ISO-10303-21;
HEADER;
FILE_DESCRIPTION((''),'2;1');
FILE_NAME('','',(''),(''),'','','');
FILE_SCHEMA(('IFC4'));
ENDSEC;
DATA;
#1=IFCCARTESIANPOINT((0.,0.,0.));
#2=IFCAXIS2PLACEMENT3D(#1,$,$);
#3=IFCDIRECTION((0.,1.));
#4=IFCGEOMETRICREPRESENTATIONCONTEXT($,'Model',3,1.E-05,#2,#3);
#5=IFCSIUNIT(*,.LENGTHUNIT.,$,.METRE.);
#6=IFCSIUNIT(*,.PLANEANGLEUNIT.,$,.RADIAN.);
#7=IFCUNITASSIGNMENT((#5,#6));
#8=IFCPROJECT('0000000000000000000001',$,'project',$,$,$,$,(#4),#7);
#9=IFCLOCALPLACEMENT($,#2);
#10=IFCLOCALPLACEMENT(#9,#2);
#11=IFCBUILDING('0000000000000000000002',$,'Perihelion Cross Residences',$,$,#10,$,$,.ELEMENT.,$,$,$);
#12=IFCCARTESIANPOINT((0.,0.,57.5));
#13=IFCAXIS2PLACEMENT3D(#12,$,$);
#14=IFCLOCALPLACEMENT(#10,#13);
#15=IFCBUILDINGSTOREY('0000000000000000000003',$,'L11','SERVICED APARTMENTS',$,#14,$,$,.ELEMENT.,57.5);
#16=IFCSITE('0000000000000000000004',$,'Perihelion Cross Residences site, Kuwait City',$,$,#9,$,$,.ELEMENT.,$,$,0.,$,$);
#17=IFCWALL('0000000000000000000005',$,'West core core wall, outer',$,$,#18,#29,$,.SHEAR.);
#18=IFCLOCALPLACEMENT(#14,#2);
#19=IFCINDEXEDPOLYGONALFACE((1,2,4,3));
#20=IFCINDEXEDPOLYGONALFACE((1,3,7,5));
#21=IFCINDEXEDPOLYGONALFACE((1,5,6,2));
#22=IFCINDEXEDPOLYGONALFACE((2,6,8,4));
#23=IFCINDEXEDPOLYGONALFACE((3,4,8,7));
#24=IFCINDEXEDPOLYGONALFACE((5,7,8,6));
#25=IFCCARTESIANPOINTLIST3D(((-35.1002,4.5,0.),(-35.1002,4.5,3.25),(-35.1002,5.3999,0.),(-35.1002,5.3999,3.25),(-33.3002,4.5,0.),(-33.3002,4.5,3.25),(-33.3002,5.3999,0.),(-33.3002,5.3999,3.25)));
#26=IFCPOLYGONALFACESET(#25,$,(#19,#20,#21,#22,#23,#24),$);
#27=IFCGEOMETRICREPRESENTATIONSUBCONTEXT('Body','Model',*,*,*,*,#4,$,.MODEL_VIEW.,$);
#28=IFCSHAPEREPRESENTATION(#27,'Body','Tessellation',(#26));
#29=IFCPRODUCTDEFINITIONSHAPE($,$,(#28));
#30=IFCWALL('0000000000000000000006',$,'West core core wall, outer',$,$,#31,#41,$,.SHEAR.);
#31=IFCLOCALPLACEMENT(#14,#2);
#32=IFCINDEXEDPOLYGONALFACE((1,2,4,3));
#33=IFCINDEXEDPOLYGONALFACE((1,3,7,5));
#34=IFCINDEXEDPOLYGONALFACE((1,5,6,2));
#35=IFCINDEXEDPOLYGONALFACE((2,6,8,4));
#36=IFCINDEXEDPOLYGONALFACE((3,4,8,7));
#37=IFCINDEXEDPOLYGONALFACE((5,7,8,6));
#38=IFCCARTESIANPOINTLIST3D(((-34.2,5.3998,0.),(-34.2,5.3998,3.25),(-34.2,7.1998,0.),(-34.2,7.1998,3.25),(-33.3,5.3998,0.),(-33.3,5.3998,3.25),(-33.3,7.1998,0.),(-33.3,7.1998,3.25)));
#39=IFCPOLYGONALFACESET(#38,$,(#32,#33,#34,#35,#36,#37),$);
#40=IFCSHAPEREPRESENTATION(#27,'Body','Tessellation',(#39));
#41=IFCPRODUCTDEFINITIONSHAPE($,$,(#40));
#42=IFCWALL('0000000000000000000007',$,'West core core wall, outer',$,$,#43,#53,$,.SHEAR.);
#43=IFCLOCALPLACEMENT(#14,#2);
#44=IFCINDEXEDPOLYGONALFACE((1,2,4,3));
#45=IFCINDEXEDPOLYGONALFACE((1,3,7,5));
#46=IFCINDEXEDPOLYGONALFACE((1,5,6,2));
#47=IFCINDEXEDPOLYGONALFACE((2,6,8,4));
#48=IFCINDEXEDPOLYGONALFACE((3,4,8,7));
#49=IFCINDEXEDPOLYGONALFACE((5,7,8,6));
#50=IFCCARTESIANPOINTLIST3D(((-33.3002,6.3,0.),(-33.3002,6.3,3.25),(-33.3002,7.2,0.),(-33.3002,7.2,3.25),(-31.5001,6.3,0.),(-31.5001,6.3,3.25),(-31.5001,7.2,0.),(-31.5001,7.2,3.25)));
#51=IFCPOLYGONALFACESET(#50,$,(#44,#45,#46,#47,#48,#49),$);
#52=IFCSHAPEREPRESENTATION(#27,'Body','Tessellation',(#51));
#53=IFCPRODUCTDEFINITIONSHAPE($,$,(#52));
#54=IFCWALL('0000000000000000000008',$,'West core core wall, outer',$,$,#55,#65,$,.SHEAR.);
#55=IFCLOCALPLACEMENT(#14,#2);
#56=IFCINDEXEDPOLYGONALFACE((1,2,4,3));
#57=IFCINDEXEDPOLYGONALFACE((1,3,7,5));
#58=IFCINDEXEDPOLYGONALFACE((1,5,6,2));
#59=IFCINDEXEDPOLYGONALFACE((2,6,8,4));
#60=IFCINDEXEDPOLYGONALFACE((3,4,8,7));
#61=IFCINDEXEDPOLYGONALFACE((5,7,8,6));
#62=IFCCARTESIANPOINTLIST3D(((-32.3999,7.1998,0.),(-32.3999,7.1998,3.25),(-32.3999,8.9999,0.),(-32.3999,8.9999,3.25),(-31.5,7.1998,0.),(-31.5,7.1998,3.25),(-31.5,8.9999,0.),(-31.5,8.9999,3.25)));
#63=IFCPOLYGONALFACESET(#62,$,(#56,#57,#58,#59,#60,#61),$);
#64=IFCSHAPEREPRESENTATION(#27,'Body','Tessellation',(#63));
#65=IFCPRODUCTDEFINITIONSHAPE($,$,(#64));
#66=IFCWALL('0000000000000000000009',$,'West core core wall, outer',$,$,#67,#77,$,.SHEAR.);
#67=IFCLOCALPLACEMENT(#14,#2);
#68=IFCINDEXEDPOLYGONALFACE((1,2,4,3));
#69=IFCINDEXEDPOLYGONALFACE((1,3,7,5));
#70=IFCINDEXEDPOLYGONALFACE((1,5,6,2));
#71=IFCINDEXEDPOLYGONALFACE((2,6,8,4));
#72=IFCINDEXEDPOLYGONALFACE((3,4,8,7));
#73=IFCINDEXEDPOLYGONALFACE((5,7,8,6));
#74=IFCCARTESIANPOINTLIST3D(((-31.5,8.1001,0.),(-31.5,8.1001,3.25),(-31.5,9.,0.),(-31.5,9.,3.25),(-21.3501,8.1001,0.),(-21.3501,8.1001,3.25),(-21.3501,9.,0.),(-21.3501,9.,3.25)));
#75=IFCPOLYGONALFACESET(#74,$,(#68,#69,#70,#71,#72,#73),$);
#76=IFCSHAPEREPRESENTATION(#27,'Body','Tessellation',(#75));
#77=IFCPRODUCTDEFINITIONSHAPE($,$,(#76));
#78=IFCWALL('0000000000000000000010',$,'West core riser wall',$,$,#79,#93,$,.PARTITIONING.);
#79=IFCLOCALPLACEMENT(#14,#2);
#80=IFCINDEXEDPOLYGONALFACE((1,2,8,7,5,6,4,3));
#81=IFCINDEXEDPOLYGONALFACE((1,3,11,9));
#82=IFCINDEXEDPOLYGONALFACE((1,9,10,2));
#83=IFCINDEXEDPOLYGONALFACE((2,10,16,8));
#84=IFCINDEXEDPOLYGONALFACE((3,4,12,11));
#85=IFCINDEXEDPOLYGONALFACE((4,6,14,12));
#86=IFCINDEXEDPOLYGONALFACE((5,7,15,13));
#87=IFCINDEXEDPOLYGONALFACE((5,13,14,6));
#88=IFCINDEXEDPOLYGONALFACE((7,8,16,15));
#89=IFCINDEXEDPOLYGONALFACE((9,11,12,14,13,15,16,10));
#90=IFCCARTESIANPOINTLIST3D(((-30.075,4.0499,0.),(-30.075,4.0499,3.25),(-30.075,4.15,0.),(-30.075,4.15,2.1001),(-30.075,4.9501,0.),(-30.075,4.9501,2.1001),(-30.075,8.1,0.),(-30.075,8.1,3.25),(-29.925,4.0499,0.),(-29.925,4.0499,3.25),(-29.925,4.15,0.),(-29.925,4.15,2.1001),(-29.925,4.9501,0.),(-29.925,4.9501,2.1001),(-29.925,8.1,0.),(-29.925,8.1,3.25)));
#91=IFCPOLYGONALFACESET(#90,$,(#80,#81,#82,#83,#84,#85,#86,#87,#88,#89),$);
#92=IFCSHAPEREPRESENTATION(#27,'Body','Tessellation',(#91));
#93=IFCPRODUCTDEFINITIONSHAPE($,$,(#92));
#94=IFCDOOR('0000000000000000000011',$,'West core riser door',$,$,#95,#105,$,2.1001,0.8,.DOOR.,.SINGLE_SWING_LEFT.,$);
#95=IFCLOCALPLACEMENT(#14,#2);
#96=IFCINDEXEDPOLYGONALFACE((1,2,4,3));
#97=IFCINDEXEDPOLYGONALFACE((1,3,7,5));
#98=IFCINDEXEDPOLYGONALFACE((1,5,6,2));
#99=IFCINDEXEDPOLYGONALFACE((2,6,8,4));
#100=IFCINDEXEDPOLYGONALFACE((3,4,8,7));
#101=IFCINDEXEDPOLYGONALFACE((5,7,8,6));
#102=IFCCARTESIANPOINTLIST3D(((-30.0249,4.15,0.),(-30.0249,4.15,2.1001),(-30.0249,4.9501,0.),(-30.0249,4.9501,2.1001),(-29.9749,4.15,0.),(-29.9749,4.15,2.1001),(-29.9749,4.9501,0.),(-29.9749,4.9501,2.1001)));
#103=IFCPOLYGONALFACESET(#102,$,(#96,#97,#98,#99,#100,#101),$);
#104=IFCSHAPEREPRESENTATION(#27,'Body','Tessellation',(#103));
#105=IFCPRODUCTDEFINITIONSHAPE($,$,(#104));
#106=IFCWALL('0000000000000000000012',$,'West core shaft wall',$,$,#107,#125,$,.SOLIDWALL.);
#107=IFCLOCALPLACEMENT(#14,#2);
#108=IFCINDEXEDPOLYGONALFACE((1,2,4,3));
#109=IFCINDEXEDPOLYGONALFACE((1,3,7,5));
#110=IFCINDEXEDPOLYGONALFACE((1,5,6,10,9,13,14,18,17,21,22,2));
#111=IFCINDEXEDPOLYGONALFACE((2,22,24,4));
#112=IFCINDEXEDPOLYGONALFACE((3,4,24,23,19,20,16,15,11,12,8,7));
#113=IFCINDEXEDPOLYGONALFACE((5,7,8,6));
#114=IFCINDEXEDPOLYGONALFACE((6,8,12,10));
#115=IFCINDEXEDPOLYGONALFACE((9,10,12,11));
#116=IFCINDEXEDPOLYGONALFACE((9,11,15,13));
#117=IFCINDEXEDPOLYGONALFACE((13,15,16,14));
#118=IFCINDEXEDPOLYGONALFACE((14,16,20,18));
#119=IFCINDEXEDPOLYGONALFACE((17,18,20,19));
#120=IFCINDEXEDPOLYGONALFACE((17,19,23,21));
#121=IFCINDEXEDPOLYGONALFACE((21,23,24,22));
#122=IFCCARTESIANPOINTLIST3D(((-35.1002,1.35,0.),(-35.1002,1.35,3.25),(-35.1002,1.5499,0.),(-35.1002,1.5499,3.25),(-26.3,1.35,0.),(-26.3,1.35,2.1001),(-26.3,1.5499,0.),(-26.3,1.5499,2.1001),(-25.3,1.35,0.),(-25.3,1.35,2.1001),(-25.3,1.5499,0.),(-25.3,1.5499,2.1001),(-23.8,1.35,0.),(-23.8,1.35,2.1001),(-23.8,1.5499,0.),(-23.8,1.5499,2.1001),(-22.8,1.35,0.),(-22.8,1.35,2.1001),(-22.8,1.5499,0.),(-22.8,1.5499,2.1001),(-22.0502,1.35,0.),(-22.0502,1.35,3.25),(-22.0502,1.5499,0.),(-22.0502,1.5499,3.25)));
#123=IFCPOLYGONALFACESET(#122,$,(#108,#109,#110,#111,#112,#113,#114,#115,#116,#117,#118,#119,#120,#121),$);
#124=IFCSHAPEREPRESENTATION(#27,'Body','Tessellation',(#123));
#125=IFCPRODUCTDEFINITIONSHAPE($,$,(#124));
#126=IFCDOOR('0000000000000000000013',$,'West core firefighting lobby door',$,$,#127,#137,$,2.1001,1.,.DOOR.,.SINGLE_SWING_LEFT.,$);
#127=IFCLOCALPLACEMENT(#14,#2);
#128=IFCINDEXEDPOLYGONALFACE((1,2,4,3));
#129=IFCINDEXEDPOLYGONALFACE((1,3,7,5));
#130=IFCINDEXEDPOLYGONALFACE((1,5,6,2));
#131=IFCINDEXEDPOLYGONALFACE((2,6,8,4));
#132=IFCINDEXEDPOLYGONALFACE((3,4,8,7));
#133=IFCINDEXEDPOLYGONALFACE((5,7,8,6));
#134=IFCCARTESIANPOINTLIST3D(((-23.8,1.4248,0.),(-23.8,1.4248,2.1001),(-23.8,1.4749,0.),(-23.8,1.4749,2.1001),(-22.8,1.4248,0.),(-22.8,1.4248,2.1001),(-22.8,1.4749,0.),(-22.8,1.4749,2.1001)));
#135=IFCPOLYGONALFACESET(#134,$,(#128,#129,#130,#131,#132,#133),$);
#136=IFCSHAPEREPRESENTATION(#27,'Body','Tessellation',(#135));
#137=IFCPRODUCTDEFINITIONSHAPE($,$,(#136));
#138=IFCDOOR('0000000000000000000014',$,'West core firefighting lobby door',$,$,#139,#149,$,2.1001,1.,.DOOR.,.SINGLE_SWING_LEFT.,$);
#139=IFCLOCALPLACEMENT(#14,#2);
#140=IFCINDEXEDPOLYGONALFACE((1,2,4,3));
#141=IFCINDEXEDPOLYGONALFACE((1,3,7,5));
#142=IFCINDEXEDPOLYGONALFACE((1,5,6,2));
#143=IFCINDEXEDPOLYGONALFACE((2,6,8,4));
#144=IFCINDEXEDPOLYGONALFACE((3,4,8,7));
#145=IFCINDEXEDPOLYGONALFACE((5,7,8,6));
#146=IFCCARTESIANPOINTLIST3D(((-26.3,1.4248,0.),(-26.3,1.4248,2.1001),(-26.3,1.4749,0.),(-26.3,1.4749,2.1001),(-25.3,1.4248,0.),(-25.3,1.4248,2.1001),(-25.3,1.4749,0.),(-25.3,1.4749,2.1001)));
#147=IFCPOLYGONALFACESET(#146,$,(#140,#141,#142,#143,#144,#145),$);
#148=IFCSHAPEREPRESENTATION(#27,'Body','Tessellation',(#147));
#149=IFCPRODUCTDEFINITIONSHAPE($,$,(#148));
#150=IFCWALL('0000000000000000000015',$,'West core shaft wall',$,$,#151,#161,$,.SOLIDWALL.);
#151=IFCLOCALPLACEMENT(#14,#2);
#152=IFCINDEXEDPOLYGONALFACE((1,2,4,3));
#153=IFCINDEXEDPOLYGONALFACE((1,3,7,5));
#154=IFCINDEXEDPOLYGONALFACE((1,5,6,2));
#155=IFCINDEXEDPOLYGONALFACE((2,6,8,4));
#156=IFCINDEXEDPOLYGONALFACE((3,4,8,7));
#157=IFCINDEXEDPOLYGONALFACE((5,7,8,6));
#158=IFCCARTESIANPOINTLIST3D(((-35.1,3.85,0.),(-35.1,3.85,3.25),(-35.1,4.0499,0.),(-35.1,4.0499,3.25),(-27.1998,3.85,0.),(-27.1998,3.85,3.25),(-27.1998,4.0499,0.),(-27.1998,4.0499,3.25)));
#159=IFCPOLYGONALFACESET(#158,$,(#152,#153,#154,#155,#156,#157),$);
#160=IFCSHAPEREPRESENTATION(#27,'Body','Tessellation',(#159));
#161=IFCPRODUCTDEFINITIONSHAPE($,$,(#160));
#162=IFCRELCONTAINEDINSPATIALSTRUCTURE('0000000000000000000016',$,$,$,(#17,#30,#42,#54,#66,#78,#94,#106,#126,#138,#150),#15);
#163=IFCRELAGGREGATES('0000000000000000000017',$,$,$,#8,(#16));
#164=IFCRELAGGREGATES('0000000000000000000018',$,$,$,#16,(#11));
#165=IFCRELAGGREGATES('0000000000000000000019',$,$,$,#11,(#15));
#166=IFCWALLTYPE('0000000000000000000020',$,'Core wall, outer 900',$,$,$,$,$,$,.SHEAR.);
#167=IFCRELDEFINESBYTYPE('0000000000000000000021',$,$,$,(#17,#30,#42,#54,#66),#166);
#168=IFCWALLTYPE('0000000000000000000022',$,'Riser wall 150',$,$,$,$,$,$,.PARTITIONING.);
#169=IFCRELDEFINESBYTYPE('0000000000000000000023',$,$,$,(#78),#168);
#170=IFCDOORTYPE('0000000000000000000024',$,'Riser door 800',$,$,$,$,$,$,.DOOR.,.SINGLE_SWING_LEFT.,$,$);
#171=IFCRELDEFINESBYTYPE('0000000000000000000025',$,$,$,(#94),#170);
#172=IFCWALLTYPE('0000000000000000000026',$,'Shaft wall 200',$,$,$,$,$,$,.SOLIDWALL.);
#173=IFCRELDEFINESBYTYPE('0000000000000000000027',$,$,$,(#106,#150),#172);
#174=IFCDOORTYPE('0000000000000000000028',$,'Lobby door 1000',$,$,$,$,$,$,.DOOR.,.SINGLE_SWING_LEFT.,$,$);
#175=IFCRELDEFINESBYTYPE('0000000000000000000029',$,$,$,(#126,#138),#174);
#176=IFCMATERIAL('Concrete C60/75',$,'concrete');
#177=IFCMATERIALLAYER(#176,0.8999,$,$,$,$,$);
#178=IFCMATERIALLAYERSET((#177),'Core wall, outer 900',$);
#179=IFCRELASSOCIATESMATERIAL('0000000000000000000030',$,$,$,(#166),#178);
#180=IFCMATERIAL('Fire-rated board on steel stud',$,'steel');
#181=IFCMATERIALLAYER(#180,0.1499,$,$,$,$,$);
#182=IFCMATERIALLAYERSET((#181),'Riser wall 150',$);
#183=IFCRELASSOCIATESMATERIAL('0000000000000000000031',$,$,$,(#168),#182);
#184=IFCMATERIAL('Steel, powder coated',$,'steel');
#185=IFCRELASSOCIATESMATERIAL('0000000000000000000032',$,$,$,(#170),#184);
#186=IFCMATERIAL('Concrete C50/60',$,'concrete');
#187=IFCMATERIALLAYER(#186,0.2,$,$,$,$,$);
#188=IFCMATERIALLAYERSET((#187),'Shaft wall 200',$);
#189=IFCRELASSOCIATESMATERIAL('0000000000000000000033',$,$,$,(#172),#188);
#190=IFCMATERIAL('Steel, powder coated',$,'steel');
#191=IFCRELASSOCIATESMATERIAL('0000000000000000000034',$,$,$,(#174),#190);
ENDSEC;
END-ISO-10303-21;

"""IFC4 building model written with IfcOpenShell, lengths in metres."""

from ifc_helpers import new_model, si_unit, direction, frame, frame_2d, origin, place, context, subcontext, project, spatial, rectangle, extrude, material, layer, layer_set, type_object, element, fill, save


model = new_model("IFC4")

# Units and contexts
model_context = context("Model", 3, precision=1e-05, world=origin(), true_north=direction((0.0, 1.0)))
body_context = subcontext(model_context, "Body", "Model", "MODEL_VIEW")
ifc_project = project(units=[si_unit("LENGTHUNIT", "METRE"), si_unit("PLANEANGLEUNIT", "RADIAN")], contexts=[model_context])

# Site, building, storey
site_placement = place(None, origin())
site = spatial("IfcSite", under=ifc_project, at=site_placement, Name="Perihelion Cross Residences site, Kuwait City", CompositionType="ELEMENT", RefElevation=0.0)
building_placement = place(site_placement, origin())
building = spatial("IfcBuilding", under=site, at=building_placement, Name="Perihelion Cross Residences", CompositionType="ELEMENT")
storey_placement = place(building_placement, frame((0.0, 0.0, 57.5)))
storey = spatial("IfcBuildingStorey", under=building, at=storey_placement, Name="L11", Description="SERVICED APARTMENTS", CompositionType="ELEMENT", Elevation=57.5)

# Walls
ifc_material_1 = material(Name="Concrete C60/75", Category="concrete")
ifc_layer_1 = layer(ifc_material_1, 0.8999)
ifc_layer_set_1 = layer_set([ifc_layer_1], Name="Core wall, outer 900")
wall_type_1 = type_object("IfcWallType", Name="Core wall, outer 900", PredefinedType="SHEAR", material=ifc_layer_set_1)
for number, where, z_axis, x_axis, name in (
    (1, (-35.1001, 4.95, 0.0), (0.0, 0.0, 1.0), (1.0, 0.0, 0.0), "West core core wall, outer"),
    (2, (-33.75, 5.3999, 0.0), (0.0, 0.0, 1.0), (0.0, 1.0, 0.0), "West core core wall, outer"),
    (3, (-33.3, 6.75, 0.0), (0.0, 0.0, 1.0), (1.0, 0.0, 0.0), "West core core wall, outer"),
    (4, (-31.95, 7.2, 0.0), (0.0, 0.0, 1.0), (0.0, 1.0, 0.0), "West core core wall, outer"),
):
    element("IfcWall", number, at=place(storey_placement, frame(where, z_axis=z_axis, x_axis=x_axis)), inside=storey, type_object=wall_type_1, Name=name, PredefinedType="SHEAR", context=body_context, shape_type="SweptSolid", body=[
        extrude(rectangle(XDim=1.8, YDim=0.8999, at=frame_2d((0.8999, 0.0))), origin(), (0.0, 0.0, 1.0), 3.25),
    ])
wall_1_placement = place(storey_placement, frame((-31.5, 8.55, 0.0), z_axis=(0.0, 0.0, 1.0), x_axis=(1.0, 0.0, 0.0)))
element("IfcWall", 5, at=wall_1_placement, inside=storey, type_object=wall_type_1, Name="West core core wall, outer", PredefinedType="SHEAR", context=body_context, shape_type="SweptSolid", body=[
    extrude(rectangle(XDim=10.1499, YDim=0.8999, at=frame_2d((5.075, 0.0))), origin(), (0.0, 0.0, 1.0), 3.25),
])

# Wall, opening, door
ifc_material_2 = material(Name="Fire-rated board on steel stud", Category="steel")
ifc_layer_2 = layer(ifc_material_2, 0.1499)
ifc_layer_set_2 = layer_set([ifc_layer_2], Name="Riser wall 150")
wall_type_2 = type_object("IfcWallType", Name="Riser wall 150", PredefinedType="PARTITIONING", material=ifc_layer_set_2)
wall_2_placement = place(storey_placement, frame((-30.0, 4.05, 0.0), z_axis=(0.0, 0.0, 1.0), x_axis=(0.0, 1.0, 0.0)))
wall_2 = element("IfcWall", 6, at=wall_2_placement, inside=storey, type_object=wall_type_2, Name="West core riser wall", PredefinedType="PARTITIONING", context=body_context, shape_type="SweptSolid", body=[
    extrude(rectangle(XDim=4.05, YDim=0.1499, at=frame_2d((2.0249, 0.0))), origin(), (0.0, 0.0, 1.0), 3.25),
])
opening_1_placement = place(wall_2_placement, frame((0.1001, 0.0, 0.0)))
opening_1 = element("IfcOpeningElement", 7, at=opening_1_placement, cuts=wall_2, PredefinedType="OPENING", context=body_context, shape_type="SweptSolid", body=[
    extrude(rectangle(XDim=0.8, YDim=2.1001, at=frame_2d((0.3999, 1.05))), frame((0.0, 0.085, 0.0), z_axis=(0.0, -1.0, 0.0), x_axis=(1.0, 0.0, 0.0)), (0.0, 0.0, 1.0), 0.1699),
])
ifc_material_3 = material(Name="Steel, powder coated", Category="steel")
door_type_1 = type_object("IfcDoorType", Name="Riser door 800", OperationType="SINGLE_SWING_LEFT", PredefinedType="DOOR", material=ifc_material_3)
door_1_placement = place(opening_1_placement, origin())
door_1 = element("IfcDoor", 8, at=door_1_placement, inside=storey, type_object=door_type_1, Name="West core riser door", OperationType="SINGLE_SWING_LEFT", OverallHeight=2.1001, OverallWidth=0.8, PredefinedType="DOOR", context=body_context, shape_type="SweptSolid", body=[
    extrude(rectangle(XDim=0.8, YDim=2.1001, at=frame_2d((0.3999, 1.05))), frame((0.0, 0.0249, 0.0), z_axis=(0.0, -1.0, 0.0), x_axis=(1.0, 0.0, 0.0)), (0.0, 0.0, 1.0), 0.05),
])
fill(opening_1, door_1)

# Wall, openings, doors
ifc_material_4 = material(Name="Concrete C50/60", Category="concrete")
ifc_layer_3 = layer(ifc_material_4, 0.2)
ifc_layer_set_3 = layer_set([ifc_layer_3], Name="Shaft wall 200")
wall_type_3 = type_object("IfcWallType", Name="Shaft wall 200", PredefinedType="SOLIDWALL", material=ifc_layer_set_3)
wall_3_placement = place(storey_placement, frame((-35.1001, 1.45, 0.0), z_axis=(0.0, 0.0, 1.0), x_axis=(1.0, 0.0, 0.0)))
wall_3 = element("IfcWall", 9, at=wall_3_placement, inside=storey, type_object=wall_type_3, Name="West core shaft wall", PredefinedType="SOLIDWALL", context=body_context, shape_type="SweptSolid", body=[
    extrude(rectangle(XDim=13.05, YDim=0.2, at=frame_2d((6.5249, 0.0))), origin(), (0.0, 0.0, 1.0), 3.25),
])
opening_2_placement = place(wall_3_placement, frame((11.3, 0.0, 0.0)))
opening_2 = element("IfcOpeningElement", 10, at=opening_2_placement, cuts=wall_3, PredefinedType="OPENING", context=body_context, shape_type="SweptSolid", body=[
    extrude(rectangle(XDim=1.0, YDim=2.1001, at=frame_2d((0.5, 1.05))), frame((0.0, 0.1099, 0.0), z_axis=(0.0, -1.0, 0.0), x_axis=(1.0, 0.0, 0.0)), (0.0, 0.0, 1.0), 0.22),
])
opening_3_placement = place(wall_3_placement, frame((8.8, 0.0, 0.0)))
opening_3 = element("IfcOpeningElement", 11, at=opening_3_placement, cuts=wall_3, PredefinedType="OPENING", context=body_context, shape_type="SweptSolid", body=[
    extrude(rectangle(XDim=1.0, YDim=2.1001, at=frame_2d((0.5, 1.05))), frame((0.0, 0.1099, 0.0), z_axis=(0.0, -1.0, 0.0), x_axis=(1.0, 0.0, 0.0)), (0.0, 0.0, 1.0), 0.22),
])
ifc_material_5 = material(Name="Steel, powder coated", Category="steel")
door_type_2 = type_object("IfcDoorType", Name="Lobby door 1000", OperationType="SINGLE_SWING_LEFT", PredefinedType="DOOR", material=ifc_material_5)
door_2_placement = place(opening_2_placement, origin())
door_2 = element("IfcDoor", 12, at=door_2_placement, inside=storey, type_object=door_type_2, Name="West core firefighting lobby door", OperationType="SINGLE_SWING_LEFT", OverallHeight=2.1001, OverallWidth=1.0, PredefinedType="DOOR", context=body_context, shape_type="SweptSolid", body=[
    extrude(rectangle(XDim=1.0, YDim=2.1001, at=frame_2d((0.5, 1.05))), frame((0.0, 0.0249, 0.0), z_axis=(0.0, -1.0, 0.0), x_axis=(1.0, 0.0, 0.0)), (0.0, 0.0, 1.0), 0.05),
])
fill(opening_2, door_2)
door_3_placement = place(opening_3_placement, origin())
door_3 = element("IfcDoor", 13, at=door_3_placement, inside=storey, type_object=door_type_2, Name="West core firefighting lobby door", OperationType="SINGLE_SWING_LEFT", OverallHeight=2.1001, OverallWidth=1.0, PredefinedType="DOOR", context=body_context, shape_type="SweptSolid", body=[
    extrude(rectangle(XDim=1.0, YDim=2.1001, at=frame_2d((0.5, 1.05))), frame((0.0, 0.0249, 0.0), z_axis=(0.0, -1.0, 0.0), x_axis=(1.0, 0.0, 0.0)), (0.0, 0.0, 1.0), 0.05),
])
fill(opening_3, door_3)

# Wall
wall_4_placement = place(storey_placement, frame((-35.1001, 3.95, 0.0), z_axis=(0.0, 0.0, 1.0), x_axis=(1.0, 0.0, 0.0)))
element("IfcWall", 14, at=wall_4_placement, inside=storey, type_object=wall_type_3, Name="West core shaft wall", PredefinedType="SOLIDWALL", context=body_context, shape_type="SweptSolid", body=[
    extrude(rectangle(XDim=7.9001, YDim=0.2, at=frame_2d((3.9502, 0.0))), origin(), (0.0, 0.0, 1.0), 3.25),
])

save(model, "model.ifc")
